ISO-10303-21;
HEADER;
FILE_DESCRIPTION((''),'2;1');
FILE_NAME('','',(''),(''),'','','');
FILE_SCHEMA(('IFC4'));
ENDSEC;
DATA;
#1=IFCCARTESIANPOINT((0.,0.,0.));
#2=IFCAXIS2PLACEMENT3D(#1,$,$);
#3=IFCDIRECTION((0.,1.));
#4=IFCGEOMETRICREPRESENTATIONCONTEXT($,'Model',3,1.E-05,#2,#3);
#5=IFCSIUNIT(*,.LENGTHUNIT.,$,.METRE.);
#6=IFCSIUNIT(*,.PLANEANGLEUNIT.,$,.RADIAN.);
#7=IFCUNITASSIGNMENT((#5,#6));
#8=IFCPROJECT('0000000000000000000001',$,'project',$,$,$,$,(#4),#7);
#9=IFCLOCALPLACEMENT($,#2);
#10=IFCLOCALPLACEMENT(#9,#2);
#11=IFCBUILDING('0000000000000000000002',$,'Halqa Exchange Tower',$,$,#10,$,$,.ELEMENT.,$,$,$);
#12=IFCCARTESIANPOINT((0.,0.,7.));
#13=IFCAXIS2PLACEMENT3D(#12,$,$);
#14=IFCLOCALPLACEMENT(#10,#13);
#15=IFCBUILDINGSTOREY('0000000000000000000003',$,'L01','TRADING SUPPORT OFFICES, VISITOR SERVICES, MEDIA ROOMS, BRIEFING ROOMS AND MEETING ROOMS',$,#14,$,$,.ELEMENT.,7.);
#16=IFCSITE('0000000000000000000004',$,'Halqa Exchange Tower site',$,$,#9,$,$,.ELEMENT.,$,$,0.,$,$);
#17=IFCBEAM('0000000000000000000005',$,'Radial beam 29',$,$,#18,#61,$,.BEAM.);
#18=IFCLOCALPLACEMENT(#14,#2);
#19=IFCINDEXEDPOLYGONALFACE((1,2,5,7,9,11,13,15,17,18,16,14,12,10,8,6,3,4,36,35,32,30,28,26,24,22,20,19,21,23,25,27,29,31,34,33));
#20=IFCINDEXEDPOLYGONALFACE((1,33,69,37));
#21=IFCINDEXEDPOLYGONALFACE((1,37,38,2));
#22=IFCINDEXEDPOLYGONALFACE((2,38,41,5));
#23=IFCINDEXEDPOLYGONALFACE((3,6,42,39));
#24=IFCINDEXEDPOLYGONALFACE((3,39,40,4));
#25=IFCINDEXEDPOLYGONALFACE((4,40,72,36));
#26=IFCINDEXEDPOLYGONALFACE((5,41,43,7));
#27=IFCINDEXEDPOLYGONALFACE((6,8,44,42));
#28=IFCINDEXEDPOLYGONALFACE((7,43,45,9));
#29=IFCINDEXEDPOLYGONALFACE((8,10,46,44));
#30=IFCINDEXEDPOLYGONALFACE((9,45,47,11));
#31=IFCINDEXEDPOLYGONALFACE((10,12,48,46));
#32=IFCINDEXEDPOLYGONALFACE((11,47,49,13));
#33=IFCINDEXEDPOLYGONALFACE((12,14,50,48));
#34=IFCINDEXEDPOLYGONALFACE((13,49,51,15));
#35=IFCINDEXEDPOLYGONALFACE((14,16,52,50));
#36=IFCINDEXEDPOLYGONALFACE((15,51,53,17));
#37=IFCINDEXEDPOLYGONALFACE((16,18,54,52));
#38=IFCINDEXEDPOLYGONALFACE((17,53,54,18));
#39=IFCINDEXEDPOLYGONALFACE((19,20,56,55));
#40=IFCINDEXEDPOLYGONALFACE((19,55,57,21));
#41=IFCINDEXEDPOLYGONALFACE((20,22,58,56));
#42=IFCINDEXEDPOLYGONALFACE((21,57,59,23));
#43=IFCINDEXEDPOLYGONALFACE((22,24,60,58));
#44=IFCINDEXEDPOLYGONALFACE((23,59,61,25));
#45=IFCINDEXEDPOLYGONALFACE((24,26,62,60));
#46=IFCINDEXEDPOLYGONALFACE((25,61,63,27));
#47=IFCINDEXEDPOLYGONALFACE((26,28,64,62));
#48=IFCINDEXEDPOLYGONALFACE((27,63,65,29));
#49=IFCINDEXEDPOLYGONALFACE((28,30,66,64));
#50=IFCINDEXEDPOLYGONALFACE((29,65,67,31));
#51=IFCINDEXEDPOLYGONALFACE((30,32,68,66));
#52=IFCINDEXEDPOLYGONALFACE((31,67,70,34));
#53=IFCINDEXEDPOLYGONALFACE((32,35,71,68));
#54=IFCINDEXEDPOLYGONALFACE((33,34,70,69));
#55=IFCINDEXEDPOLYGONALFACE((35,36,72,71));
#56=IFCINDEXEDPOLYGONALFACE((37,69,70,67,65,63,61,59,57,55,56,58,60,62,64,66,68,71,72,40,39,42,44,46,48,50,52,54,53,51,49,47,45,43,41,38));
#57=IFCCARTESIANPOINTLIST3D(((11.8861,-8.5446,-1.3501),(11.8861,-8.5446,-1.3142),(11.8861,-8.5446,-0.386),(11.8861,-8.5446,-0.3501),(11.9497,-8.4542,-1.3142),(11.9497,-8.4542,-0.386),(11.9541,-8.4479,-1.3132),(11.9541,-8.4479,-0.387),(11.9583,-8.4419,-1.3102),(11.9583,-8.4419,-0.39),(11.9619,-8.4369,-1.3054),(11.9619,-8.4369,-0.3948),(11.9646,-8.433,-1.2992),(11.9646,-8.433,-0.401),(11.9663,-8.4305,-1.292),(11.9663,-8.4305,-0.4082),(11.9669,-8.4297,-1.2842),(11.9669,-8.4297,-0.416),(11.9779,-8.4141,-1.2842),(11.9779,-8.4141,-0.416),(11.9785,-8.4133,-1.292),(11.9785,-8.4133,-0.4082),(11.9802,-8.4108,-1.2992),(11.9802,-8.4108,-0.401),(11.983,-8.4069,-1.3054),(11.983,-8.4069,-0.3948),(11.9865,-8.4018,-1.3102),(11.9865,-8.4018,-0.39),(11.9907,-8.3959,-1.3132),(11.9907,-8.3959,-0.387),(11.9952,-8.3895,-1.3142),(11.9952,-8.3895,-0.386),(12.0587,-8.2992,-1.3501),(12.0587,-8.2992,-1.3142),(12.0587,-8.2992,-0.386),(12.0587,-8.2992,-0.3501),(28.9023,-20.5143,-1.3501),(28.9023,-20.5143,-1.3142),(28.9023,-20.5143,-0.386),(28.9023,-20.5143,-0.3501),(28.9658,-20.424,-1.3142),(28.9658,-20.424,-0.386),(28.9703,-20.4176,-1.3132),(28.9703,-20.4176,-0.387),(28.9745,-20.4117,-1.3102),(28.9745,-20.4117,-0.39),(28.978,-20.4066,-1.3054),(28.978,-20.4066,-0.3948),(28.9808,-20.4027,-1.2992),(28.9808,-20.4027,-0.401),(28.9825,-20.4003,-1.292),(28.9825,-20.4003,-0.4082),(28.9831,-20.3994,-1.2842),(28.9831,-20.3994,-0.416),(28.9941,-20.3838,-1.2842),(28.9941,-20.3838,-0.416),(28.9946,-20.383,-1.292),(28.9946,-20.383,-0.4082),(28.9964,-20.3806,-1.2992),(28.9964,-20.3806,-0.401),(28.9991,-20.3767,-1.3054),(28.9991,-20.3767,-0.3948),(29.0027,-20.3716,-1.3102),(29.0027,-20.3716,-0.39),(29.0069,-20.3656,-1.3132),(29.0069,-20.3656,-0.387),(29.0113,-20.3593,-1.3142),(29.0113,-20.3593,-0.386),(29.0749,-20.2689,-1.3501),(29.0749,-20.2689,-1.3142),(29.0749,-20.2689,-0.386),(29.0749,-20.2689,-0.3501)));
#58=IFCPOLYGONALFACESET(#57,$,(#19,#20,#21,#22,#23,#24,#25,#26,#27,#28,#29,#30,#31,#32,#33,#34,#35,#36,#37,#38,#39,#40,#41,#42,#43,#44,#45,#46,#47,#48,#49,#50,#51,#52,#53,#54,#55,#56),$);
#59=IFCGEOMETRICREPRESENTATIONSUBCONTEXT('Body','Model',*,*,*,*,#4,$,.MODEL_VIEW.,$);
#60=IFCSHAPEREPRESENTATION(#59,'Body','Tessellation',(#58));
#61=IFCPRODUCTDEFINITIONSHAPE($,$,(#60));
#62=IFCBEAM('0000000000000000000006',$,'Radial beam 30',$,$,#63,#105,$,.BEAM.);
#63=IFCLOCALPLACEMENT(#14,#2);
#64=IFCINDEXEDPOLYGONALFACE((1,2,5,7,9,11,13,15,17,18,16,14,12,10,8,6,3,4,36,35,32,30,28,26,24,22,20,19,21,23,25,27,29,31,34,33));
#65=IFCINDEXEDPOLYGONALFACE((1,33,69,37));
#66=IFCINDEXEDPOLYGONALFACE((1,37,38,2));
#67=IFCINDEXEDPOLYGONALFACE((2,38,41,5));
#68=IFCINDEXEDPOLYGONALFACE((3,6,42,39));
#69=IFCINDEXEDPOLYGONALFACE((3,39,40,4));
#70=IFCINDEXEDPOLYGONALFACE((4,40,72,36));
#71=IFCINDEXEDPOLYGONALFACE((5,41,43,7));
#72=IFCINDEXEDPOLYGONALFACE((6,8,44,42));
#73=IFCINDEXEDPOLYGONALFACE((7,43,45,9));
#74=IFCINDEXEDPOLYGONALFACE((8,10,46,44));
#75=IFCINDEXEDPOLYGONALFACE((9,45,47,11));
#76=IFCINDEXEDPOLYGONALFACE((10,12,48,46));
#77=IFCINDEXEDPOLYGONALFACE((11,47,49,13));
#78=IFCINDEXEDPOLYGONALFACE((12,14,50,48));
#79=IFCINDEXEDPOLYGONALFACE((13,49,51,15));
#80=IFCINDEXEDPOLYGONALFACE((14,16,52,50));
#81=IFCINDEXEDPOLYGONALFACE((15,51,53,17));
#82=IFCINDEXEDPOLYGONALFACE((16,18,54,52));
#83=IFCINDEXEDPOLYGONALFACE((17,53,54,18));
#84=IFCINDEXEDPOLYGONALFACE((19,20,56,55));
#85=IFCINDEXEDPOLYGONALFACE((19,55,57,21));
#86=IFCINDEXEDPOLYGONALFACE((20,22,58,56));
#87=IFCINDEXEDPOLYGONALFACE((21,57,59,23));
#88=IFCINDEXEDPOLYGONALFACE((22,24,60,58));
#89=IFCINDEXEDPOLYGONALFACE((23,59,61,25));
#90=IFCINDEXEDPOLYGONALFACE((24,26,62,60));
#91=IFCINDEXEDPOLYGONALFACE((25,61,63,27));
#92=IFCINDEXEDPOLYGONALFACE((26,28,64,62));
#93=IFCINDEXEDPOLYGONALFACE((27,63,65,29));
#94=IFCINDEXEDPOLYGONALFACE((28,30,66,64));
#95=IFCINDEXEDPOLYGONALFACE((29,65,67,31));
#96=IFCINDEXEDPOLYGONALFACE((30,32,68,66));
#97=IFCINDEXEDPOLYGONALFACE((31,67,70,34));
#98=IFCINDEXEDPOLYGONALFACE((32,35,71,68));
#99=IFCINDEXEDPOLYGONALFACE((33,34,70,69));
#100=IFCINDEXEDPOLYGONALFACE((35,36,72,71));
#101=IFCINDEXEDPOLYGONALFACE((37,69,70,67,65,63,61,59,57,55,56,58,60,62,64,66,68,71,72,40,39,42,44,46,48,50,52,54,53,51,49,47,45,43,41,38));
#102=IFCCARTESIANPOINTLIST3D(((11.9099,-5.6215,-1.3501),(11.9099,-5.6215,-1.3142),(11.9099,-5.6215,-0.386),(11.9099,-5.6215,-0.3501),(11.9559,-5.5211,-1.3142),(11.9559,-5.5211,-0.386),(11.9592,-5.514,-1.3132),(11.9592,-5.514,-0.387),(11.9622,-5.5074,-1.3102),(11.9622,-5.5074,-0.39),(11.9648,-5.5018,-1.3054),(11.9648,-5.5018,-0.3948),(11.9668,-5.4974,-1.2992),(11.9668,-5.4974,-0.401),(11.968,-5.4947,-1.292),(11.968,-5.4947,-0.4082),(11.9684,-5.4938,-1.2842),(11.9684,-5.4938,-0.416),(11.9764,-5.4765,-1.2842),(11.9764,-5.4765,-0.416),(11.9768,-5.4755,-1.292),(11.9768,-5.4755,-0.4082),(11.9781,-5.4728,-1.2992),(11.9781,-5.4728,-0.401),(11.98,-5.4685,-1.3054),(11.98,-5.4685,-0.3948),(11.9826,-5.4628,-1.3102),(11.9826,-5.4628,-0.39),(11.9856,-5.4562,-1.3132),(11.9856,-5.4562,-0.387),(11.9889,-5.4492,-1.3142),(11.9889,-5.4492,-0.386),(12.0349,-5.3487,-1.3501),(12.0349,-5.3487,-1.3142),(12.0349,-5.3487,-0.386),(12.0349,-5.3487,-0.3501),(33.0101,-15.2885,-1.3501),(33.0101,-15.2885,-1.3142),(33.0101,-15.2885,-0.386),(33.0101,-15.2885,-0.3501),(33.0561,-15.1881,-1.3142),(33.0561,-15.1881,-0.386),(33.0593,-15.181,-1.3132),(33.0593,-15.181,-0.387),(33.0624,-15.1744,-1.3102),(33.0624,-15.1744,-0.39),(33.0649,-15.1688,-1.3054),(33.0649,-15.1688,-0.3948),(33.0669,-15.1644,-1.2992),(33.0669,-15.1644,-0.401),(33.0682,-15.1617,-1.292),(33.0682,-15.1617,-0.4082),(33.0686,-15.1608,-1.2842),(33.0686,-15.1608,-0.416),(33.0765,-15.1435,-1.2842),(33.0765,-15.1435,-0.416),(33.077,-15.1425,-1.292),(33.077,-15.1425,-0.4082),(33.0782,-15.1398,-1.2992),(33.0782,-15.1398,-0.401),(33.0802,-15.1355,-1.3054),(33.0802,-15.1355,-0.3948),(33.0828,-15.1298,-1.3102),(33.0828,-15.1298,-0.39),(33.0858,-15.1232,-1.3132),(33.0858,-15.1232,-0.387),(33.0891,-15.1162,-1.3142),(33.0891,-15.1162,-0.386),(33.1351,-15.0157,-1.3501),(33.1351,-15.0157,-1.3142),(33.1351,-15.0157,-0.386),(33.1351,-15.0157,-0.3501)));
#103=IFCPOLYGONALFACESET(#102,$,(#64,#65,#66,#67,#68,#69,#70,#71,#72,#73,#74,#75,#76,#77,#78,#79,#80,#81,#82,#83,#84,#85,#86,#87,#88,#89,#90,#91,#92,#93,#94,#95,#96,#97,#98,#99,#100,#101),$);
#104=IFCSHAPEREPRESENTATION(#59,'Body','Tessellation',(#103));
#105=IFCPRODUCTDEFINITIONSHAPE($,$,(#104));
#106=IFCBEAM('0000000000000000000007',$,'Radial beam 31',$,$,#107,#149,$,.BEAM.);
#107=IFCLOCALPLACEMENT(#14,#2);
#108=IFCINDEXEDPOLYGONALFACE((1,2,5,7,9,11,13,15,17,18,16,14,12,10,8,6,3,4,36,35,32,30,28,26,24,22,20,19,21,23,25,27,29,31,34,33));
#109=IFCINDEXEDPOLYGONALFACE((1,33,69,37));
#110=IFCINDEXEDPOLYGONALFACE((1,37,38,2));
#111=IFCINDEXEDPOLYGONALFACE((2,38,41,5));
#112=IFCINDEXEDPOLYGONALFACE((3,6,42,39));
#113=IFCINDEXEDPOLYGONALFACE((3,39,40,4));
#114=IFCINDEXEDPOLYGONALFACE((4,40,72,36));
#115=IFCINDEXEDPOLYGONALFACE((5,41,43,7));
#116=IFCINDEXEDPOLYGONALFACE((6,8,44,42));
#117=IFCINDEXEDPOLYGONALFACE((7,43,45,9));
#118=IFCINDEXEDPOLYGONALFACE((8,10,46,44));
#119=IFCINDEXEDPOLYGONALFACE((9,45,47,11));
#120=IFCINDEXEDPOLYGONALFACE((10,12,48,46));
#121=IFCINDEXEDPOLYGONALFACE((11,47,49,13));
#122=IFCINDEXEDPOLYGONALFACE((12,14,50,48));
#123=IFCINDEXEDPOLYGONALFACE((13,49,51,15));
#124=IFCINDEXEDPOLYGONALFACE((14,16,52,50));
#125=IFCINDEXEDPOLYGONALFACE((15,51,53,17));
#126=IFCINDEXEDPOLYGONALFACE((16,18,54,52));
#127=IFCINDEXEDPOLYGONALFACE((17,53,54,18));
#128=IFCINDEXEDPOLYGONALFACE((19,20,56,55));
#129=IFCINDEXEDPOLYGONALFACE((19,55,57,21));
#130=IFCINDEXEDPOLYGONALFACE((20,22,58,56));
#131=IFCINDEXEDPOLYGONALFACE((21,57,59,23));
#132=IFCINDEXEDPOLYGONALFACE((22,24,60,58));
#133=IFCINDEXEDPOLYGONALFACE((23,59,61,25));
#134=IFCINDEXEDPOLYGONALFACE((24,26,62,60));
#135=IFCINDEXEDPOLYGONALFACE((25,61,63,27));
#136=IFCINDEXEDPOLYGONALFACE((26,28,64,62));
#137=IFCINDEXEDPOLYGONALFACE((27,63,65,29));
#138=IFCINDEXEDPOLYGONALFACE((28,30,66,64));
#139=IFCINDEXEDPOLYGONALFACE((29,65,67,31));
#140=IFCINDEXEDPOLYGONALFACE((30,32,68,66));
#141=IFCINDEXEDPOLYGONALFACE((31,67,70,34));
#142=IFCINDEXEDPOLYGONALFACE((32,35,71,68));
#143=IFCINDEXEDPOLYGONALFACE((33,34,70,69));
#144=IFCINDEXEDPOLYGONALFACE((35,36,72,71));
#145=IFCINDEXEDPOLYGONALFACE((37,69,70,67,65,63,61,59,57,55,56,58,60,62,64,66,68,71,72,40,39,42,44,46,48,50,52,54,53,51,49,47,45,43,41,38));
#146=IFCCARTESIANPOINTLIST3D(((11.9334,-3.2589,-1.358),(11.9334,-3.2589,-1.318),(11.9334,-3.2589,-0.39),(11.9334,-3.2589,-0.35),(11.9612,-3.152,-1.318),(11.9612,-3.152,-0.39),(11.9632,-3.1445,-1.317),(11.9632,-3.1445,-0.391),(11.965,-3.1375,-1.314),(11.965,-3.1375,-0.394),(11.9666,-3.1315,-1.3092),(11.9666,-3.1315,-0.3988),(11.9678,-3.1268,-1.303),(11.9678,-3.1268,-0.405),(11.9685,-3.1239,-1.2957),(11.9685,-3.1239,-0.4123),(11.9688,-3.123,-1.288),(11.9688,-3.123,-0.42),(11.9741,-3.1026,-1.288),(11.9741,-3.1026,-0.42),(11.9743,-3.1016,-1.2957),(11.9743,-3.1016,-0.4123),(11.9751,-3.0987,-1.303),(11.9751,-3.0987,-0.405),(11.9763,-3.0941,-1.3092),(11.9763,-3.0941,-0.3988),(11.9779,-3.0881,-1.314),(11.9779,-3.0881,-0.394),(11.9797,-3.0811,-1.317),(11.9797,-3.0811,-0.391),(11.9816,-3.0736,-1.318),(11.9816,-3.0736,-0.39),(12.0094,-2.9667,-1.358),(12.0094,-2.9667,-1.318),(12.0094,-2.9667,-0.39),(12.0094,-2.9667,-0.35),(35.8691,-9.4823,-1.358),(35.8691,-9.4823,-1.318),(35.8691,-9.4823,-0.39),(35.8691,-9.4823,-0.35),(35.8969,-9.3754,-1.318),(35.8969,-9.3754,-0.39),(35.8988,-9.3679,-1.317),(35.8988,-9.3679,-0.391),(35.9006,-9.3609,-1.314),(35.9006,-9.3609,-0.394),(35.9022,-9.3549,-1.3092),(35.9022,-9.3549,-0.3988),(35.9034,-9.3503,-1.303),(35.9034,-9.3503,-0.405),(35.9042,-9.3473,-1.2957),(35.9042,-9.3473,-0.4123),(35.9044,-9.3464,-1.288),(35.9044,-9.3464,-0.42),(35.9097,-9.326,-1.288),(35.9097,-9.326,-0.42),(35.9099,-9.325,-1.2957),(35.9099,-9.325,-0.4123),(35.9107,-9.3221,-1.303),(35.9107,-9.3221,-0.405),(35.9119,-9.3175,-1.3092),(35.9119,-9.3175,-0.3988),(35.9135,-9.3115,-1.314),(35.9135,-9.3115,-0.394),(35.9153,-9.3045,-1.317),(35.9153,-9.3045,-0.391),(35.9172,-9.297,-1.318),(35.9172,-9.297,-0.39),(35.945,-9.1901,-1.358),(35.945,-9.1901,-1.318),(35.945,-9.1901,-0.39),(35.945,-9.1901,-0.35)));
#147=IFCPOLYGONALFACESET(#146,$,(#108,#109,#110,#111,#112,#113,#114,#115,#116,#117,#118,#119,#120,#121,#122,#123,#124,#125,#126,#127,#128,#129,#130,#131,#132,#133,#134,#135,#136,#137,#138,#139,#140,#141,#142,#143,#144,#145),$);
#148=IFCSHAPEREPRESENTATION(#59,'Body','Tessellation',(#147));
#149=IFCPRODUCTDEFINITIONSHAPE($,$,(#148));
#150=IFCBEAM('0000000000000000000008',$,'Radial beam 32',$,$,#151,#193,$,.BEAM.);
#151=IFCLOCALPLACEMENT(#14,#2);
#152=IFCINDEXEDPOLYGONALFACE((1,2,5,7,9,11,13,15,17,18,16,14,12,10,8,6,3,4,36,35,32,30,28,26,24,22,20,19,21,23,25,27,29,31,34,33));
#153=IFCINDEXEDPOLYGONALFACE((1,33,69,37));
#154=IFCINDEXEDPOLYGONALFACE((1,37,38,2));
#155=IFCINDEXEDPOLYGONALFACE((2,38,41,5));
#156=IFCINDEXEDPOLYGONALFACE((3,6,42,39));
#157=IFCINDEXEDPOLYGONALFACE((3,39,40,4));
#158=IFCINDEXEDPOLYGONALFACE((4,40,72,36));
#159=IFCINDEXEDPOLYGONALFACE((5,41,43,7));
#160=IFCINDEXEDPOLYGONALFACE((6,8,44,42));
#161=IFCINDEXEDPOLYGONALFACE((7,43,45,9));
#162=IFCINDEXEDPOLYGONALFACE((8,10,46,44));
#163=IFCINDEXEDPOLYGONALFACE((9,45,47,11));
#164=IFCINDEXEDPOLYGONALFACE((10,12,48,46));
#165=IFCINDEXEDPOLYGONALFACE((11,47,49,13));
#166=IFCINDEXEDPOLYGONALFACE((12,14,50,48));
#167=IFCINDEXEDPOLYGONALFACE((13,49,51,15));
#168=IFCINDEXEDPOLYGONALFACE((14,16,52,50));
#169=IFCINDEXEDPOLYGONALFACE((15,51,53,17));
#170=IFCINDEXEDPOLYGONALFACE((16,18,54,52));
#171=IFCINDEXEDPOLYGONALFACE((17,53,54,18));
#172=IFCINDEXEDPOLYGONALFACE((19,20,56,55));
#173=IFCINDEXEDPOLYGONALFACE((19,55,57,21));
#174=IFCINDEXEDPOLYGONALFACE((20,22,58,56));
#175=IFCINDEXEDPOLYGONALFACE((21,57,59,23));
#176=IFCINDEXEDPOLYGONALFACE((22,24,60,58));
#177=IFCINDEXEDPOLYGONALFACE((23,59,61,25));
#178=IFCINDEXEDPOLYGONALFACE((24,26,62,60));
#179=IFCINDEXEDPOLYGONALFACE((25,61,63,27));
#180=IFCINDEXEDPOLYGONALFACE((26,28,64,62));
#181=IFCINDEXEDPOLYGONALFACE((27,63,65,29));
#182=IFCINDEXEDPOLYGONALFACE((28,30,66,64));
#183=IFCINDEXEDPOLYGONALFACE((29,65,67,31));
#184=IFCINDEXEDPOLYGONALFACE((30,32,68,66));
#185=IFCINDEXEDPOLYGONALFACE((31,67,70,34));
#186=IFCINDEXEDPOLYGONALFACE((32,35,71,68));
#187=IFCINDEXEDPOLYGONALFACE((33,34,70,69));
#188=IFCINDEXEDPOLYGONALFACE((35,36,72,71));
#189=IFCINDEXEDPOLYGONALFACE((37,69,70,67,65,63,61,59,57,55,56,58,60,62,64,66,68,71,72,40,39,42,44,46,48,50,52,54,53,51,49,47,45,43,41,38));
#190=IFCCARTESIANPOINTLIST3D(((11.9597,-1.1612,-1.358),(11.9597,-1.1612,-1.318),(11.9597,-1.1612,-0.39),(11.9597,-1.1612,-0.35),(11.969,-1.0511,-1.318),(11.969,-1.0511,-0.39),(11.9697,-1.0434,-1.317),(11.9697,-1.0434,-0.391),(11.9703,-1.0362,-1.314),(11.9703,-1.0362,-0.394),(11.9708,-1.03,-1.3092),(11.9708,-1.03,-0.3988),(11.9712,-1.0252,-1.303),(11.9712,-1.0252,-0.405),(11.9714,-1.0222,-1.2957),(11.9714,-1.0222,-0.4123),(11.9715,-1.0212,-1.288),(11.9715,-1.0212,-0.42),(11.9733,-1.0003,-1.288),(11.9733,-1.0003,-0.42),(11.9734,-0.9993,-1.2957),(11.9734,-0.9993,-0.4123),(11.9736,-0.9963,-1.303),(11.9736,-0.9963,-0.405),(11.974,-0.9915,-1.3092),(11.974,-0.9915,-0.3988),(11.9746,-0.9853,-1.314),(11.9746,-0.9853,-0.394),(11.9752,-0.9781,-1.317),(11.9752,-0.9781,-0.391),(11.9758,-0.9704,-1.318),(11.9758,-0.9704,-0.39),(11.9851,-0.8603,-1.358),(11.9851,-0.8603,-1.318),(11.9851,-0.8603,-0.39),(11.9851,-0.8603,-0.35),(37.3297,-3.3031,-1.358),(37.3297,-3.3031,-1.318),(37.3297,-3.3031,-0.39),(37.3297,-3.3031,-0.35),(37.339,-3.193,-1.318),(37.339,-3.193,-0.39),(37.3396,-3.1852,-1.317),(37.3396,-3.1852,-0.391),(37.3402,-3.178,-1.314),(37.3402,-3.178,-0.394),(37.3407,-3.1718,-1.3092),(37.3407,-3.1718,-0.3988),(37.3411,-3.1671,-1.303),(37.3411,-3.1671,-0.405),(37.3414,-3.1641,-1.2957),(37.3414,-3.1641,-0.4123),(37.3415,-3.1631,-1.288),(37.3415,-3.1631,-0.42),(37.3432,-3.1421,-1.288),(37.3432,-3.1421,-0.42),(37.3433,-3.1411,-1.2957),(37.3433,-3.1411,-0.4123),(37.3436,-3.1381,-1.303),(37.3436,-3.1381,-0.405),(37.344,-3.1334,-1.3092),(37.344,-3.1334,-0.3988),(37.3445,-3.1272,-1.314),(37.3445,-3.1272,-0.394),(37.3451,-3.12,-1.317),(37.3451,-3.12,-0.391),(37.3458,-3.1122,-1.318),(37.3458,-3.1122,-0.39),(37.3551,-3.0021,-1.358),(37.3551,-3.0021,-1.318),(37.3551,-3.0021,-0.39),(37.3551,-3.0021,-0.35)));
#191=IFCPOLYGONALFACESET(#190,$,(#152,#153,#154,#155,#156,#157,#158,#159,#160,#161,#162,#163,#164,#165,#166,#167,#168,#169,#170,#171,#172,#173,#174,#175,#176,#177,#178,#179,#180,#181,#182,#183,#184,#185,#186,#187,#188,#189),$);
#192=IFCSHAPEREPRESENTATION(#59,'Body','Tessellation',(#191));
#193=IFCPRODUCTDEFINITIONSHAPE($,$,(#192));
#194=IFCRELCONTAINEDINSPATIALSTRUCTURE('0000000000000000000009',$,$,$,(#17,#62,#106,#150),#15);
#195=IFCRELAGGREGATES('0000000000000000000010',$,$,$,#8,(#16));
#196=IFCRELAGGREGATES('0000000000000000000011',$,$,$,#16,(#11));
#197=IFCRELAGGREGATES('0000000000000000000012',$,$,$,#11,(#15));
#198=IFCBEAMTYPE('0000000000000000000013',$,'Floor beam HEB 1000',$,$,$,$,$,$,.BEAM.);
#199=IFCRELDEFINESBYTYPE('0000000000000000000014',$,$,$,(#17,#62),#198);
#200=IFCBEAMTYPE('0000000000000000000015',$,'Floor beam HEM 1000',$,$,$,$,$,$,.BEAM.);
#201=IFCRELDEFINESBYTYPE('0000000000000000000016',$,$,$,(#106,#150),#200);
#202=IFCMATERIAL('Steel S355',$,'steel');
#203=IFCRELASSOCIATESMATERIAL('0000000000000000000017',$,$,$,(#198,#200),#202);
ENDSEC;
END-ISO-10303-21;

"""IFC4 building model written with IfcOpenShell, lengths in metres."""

from ifc_helpers import new_model, si_unit, direction, frame, origin, origin_2d, place, context, subcontext, project, spatial, i_section, extrude, material, material_profile, profile_set, type_object, element, save


model = new_model("IFC4")

# Units and contexts
model_context = context("Model", 3, precision=1e-05, world=origin(), true_north=direction((0.0, 1.0)))
body_context = subcontext(model_context, "Body", "Model", "MODEL_VIEW")
ifc_project = project(units=[si_unit("LENGTHUNIT", "METRE"), si_unit("PLANEANGLEUNIT", "RADIAN")], contexts=[model_context])

# Site, building, storey
site_placement = place(None, origin())
site = spatial("IfcSite", under=ifc_project, at=site_placement, Name="Halqa Exchange Tower site", CompositionType="ELEMENT", RefElevation=0.0)
building_placement = place(site_placement, origin())
building = spatial("IfcBuilding", under=site, at=building_placement, Name="Halqa Exchange Tower", CompositionType="ELEMENT")
storey_placement = place(building_placement, frame((0.0, 0.0, 7.0)))
storey = spatial("IfcBuildingStorey", under=building, at=storey_placement, Name="L01", Description="TRADING SUPPORT OFFICES, VISITOR SERVICES, MEDIA ROOMS, BRIEFING ROOMS AND MEETING ROOMS", CompositionType="ELEMENT", Elevation=7.0)

# Beams
ifc_material_1 = material(Name="Steel S355", Category="steel")
ifc_material_profile_1 = material_profile(ifc_material_1, i_section(OverallWidth=0.3, OverallDepth=1.0, WebThickness=0.019, FlangeThickness=0.0359, FilletRadius=0.03, at=origin_2d()), Name="HEB 1000")
ifc_profile_set_1 = profile_set([ifc_material_profile_1], Name="Steel S355")
beam_type_1 = type_object("IfcBeamType", Name="Floor beam HEB 1000", PredefinedType="BEAM", material=ifc_profile_set_1)
beam_1_placement = place(storey_placement, frame((11.9724, -8.4219, -0.8501), z_axis=(0.81791, -0.575346, 0.0), x_axis=(0.575346, 0.81791, 0.0)))
element("IfcBeam", 1, at=beam_1_placement, inside=storey, type_object=beam_type_1, Name="Radial beam 29", PredefinedType="BEAM", context=body_context, shape_type="SweptSolid", body=[
    extrude(i_section(OverallWidth=0.3, OverallDepth=1.0, WebThickness=0.019, FlangeThickness=0.0359, FilletRadius=0.03, at=origin_2d()), origin(), (0.0, 0.0, 1.0), 20.8044),
])
beam_2_placement = place(storey_placement, frame((11.9724, -5.4851, -0.8501), z_axis=(0.909128, -0.416516, 0.0), x_axis=(0.416516, 0.909128, 0.0)))
element("IfcBeam", 2, at=beam_2_placement, inside=storey, type_object=beam_type_1, Name="Radial beam 30", PredefinedType="BEAM", context=body_context, shape_type="SweptSolid", body=[
    extrude(i_section(OverallWidth=0.3, OverallDepth=1.0, WebThickness=0.019, FlangeThickness=0.0359, FilletRadius=0.03, at=origin_2d()), origin(), (0.0, 0.0, 1.0), 23.2092),
])
ifc_material_profile_2 = material_profile(ifc_material_1, i_section(OverallWidth=0.302, OverallDepth=1.0081, WebThickness=0.021, FlangeThickness=0.04, FilletRadius=0.03, at=origin_2d()), Name="HEM 1000")
ifc_profile_set_2 = profile_set([ifc_material_profile_2], Name="Steel S355")
beam_type_2 = type_object("IfcBeamType", Name="Floor beam HEM 1000", PredefinedType="BEAM", material=ifc_profile_set_2)
beam_3_placement = place(storey_placement, frame((11.9714, -3.1128, -0.854), z_axis=(0.967821, -0.251639, 0.0), x_axis=(0.251639, 0.967821, 0.0)))
element("IfcBeam", 3, at=beam_3_placement, inside=storey, type_object=beam_type_2, Name="Radial beam 31", PredefinedType="BEAM", context=body_context, shape_type="SweptSolid", body=[
    extrude(i_section(OverallWidth=0.302, OverallDepth=1.0081, WebThickness=0.021, FlangeThickness=0.04, FilletRadius=0.03, at=origin_2d()), origin(), (0.0, 0.0, 1.0), 24.7314),
])
beam_4_placement = place(storey_placement, frame((11.9724, -1.0107, -0.854), z_axis=(0.996455, -0.084125, 0.0), x_axis=(0.084125, 0.996455, 0.0)))
element("IfcBeam", 4, at=beam_4_placement, inside=storey, type_object=beam_type_2, Name="Radial beam 32", PredefinedType="BEAM", context=body_context, shape_type="SweptSolid", body=[
    extrude(i_section(OverallWidth=0.302, OverallDepth=1.0081, WebThickness=0.021, FlangeThickness=0.04, FilletRadius=0.03, at=origin_2d()), origin(), (0.0, 0.0, 1.0), 25.4602),
])

save(model, "model.ifc")
